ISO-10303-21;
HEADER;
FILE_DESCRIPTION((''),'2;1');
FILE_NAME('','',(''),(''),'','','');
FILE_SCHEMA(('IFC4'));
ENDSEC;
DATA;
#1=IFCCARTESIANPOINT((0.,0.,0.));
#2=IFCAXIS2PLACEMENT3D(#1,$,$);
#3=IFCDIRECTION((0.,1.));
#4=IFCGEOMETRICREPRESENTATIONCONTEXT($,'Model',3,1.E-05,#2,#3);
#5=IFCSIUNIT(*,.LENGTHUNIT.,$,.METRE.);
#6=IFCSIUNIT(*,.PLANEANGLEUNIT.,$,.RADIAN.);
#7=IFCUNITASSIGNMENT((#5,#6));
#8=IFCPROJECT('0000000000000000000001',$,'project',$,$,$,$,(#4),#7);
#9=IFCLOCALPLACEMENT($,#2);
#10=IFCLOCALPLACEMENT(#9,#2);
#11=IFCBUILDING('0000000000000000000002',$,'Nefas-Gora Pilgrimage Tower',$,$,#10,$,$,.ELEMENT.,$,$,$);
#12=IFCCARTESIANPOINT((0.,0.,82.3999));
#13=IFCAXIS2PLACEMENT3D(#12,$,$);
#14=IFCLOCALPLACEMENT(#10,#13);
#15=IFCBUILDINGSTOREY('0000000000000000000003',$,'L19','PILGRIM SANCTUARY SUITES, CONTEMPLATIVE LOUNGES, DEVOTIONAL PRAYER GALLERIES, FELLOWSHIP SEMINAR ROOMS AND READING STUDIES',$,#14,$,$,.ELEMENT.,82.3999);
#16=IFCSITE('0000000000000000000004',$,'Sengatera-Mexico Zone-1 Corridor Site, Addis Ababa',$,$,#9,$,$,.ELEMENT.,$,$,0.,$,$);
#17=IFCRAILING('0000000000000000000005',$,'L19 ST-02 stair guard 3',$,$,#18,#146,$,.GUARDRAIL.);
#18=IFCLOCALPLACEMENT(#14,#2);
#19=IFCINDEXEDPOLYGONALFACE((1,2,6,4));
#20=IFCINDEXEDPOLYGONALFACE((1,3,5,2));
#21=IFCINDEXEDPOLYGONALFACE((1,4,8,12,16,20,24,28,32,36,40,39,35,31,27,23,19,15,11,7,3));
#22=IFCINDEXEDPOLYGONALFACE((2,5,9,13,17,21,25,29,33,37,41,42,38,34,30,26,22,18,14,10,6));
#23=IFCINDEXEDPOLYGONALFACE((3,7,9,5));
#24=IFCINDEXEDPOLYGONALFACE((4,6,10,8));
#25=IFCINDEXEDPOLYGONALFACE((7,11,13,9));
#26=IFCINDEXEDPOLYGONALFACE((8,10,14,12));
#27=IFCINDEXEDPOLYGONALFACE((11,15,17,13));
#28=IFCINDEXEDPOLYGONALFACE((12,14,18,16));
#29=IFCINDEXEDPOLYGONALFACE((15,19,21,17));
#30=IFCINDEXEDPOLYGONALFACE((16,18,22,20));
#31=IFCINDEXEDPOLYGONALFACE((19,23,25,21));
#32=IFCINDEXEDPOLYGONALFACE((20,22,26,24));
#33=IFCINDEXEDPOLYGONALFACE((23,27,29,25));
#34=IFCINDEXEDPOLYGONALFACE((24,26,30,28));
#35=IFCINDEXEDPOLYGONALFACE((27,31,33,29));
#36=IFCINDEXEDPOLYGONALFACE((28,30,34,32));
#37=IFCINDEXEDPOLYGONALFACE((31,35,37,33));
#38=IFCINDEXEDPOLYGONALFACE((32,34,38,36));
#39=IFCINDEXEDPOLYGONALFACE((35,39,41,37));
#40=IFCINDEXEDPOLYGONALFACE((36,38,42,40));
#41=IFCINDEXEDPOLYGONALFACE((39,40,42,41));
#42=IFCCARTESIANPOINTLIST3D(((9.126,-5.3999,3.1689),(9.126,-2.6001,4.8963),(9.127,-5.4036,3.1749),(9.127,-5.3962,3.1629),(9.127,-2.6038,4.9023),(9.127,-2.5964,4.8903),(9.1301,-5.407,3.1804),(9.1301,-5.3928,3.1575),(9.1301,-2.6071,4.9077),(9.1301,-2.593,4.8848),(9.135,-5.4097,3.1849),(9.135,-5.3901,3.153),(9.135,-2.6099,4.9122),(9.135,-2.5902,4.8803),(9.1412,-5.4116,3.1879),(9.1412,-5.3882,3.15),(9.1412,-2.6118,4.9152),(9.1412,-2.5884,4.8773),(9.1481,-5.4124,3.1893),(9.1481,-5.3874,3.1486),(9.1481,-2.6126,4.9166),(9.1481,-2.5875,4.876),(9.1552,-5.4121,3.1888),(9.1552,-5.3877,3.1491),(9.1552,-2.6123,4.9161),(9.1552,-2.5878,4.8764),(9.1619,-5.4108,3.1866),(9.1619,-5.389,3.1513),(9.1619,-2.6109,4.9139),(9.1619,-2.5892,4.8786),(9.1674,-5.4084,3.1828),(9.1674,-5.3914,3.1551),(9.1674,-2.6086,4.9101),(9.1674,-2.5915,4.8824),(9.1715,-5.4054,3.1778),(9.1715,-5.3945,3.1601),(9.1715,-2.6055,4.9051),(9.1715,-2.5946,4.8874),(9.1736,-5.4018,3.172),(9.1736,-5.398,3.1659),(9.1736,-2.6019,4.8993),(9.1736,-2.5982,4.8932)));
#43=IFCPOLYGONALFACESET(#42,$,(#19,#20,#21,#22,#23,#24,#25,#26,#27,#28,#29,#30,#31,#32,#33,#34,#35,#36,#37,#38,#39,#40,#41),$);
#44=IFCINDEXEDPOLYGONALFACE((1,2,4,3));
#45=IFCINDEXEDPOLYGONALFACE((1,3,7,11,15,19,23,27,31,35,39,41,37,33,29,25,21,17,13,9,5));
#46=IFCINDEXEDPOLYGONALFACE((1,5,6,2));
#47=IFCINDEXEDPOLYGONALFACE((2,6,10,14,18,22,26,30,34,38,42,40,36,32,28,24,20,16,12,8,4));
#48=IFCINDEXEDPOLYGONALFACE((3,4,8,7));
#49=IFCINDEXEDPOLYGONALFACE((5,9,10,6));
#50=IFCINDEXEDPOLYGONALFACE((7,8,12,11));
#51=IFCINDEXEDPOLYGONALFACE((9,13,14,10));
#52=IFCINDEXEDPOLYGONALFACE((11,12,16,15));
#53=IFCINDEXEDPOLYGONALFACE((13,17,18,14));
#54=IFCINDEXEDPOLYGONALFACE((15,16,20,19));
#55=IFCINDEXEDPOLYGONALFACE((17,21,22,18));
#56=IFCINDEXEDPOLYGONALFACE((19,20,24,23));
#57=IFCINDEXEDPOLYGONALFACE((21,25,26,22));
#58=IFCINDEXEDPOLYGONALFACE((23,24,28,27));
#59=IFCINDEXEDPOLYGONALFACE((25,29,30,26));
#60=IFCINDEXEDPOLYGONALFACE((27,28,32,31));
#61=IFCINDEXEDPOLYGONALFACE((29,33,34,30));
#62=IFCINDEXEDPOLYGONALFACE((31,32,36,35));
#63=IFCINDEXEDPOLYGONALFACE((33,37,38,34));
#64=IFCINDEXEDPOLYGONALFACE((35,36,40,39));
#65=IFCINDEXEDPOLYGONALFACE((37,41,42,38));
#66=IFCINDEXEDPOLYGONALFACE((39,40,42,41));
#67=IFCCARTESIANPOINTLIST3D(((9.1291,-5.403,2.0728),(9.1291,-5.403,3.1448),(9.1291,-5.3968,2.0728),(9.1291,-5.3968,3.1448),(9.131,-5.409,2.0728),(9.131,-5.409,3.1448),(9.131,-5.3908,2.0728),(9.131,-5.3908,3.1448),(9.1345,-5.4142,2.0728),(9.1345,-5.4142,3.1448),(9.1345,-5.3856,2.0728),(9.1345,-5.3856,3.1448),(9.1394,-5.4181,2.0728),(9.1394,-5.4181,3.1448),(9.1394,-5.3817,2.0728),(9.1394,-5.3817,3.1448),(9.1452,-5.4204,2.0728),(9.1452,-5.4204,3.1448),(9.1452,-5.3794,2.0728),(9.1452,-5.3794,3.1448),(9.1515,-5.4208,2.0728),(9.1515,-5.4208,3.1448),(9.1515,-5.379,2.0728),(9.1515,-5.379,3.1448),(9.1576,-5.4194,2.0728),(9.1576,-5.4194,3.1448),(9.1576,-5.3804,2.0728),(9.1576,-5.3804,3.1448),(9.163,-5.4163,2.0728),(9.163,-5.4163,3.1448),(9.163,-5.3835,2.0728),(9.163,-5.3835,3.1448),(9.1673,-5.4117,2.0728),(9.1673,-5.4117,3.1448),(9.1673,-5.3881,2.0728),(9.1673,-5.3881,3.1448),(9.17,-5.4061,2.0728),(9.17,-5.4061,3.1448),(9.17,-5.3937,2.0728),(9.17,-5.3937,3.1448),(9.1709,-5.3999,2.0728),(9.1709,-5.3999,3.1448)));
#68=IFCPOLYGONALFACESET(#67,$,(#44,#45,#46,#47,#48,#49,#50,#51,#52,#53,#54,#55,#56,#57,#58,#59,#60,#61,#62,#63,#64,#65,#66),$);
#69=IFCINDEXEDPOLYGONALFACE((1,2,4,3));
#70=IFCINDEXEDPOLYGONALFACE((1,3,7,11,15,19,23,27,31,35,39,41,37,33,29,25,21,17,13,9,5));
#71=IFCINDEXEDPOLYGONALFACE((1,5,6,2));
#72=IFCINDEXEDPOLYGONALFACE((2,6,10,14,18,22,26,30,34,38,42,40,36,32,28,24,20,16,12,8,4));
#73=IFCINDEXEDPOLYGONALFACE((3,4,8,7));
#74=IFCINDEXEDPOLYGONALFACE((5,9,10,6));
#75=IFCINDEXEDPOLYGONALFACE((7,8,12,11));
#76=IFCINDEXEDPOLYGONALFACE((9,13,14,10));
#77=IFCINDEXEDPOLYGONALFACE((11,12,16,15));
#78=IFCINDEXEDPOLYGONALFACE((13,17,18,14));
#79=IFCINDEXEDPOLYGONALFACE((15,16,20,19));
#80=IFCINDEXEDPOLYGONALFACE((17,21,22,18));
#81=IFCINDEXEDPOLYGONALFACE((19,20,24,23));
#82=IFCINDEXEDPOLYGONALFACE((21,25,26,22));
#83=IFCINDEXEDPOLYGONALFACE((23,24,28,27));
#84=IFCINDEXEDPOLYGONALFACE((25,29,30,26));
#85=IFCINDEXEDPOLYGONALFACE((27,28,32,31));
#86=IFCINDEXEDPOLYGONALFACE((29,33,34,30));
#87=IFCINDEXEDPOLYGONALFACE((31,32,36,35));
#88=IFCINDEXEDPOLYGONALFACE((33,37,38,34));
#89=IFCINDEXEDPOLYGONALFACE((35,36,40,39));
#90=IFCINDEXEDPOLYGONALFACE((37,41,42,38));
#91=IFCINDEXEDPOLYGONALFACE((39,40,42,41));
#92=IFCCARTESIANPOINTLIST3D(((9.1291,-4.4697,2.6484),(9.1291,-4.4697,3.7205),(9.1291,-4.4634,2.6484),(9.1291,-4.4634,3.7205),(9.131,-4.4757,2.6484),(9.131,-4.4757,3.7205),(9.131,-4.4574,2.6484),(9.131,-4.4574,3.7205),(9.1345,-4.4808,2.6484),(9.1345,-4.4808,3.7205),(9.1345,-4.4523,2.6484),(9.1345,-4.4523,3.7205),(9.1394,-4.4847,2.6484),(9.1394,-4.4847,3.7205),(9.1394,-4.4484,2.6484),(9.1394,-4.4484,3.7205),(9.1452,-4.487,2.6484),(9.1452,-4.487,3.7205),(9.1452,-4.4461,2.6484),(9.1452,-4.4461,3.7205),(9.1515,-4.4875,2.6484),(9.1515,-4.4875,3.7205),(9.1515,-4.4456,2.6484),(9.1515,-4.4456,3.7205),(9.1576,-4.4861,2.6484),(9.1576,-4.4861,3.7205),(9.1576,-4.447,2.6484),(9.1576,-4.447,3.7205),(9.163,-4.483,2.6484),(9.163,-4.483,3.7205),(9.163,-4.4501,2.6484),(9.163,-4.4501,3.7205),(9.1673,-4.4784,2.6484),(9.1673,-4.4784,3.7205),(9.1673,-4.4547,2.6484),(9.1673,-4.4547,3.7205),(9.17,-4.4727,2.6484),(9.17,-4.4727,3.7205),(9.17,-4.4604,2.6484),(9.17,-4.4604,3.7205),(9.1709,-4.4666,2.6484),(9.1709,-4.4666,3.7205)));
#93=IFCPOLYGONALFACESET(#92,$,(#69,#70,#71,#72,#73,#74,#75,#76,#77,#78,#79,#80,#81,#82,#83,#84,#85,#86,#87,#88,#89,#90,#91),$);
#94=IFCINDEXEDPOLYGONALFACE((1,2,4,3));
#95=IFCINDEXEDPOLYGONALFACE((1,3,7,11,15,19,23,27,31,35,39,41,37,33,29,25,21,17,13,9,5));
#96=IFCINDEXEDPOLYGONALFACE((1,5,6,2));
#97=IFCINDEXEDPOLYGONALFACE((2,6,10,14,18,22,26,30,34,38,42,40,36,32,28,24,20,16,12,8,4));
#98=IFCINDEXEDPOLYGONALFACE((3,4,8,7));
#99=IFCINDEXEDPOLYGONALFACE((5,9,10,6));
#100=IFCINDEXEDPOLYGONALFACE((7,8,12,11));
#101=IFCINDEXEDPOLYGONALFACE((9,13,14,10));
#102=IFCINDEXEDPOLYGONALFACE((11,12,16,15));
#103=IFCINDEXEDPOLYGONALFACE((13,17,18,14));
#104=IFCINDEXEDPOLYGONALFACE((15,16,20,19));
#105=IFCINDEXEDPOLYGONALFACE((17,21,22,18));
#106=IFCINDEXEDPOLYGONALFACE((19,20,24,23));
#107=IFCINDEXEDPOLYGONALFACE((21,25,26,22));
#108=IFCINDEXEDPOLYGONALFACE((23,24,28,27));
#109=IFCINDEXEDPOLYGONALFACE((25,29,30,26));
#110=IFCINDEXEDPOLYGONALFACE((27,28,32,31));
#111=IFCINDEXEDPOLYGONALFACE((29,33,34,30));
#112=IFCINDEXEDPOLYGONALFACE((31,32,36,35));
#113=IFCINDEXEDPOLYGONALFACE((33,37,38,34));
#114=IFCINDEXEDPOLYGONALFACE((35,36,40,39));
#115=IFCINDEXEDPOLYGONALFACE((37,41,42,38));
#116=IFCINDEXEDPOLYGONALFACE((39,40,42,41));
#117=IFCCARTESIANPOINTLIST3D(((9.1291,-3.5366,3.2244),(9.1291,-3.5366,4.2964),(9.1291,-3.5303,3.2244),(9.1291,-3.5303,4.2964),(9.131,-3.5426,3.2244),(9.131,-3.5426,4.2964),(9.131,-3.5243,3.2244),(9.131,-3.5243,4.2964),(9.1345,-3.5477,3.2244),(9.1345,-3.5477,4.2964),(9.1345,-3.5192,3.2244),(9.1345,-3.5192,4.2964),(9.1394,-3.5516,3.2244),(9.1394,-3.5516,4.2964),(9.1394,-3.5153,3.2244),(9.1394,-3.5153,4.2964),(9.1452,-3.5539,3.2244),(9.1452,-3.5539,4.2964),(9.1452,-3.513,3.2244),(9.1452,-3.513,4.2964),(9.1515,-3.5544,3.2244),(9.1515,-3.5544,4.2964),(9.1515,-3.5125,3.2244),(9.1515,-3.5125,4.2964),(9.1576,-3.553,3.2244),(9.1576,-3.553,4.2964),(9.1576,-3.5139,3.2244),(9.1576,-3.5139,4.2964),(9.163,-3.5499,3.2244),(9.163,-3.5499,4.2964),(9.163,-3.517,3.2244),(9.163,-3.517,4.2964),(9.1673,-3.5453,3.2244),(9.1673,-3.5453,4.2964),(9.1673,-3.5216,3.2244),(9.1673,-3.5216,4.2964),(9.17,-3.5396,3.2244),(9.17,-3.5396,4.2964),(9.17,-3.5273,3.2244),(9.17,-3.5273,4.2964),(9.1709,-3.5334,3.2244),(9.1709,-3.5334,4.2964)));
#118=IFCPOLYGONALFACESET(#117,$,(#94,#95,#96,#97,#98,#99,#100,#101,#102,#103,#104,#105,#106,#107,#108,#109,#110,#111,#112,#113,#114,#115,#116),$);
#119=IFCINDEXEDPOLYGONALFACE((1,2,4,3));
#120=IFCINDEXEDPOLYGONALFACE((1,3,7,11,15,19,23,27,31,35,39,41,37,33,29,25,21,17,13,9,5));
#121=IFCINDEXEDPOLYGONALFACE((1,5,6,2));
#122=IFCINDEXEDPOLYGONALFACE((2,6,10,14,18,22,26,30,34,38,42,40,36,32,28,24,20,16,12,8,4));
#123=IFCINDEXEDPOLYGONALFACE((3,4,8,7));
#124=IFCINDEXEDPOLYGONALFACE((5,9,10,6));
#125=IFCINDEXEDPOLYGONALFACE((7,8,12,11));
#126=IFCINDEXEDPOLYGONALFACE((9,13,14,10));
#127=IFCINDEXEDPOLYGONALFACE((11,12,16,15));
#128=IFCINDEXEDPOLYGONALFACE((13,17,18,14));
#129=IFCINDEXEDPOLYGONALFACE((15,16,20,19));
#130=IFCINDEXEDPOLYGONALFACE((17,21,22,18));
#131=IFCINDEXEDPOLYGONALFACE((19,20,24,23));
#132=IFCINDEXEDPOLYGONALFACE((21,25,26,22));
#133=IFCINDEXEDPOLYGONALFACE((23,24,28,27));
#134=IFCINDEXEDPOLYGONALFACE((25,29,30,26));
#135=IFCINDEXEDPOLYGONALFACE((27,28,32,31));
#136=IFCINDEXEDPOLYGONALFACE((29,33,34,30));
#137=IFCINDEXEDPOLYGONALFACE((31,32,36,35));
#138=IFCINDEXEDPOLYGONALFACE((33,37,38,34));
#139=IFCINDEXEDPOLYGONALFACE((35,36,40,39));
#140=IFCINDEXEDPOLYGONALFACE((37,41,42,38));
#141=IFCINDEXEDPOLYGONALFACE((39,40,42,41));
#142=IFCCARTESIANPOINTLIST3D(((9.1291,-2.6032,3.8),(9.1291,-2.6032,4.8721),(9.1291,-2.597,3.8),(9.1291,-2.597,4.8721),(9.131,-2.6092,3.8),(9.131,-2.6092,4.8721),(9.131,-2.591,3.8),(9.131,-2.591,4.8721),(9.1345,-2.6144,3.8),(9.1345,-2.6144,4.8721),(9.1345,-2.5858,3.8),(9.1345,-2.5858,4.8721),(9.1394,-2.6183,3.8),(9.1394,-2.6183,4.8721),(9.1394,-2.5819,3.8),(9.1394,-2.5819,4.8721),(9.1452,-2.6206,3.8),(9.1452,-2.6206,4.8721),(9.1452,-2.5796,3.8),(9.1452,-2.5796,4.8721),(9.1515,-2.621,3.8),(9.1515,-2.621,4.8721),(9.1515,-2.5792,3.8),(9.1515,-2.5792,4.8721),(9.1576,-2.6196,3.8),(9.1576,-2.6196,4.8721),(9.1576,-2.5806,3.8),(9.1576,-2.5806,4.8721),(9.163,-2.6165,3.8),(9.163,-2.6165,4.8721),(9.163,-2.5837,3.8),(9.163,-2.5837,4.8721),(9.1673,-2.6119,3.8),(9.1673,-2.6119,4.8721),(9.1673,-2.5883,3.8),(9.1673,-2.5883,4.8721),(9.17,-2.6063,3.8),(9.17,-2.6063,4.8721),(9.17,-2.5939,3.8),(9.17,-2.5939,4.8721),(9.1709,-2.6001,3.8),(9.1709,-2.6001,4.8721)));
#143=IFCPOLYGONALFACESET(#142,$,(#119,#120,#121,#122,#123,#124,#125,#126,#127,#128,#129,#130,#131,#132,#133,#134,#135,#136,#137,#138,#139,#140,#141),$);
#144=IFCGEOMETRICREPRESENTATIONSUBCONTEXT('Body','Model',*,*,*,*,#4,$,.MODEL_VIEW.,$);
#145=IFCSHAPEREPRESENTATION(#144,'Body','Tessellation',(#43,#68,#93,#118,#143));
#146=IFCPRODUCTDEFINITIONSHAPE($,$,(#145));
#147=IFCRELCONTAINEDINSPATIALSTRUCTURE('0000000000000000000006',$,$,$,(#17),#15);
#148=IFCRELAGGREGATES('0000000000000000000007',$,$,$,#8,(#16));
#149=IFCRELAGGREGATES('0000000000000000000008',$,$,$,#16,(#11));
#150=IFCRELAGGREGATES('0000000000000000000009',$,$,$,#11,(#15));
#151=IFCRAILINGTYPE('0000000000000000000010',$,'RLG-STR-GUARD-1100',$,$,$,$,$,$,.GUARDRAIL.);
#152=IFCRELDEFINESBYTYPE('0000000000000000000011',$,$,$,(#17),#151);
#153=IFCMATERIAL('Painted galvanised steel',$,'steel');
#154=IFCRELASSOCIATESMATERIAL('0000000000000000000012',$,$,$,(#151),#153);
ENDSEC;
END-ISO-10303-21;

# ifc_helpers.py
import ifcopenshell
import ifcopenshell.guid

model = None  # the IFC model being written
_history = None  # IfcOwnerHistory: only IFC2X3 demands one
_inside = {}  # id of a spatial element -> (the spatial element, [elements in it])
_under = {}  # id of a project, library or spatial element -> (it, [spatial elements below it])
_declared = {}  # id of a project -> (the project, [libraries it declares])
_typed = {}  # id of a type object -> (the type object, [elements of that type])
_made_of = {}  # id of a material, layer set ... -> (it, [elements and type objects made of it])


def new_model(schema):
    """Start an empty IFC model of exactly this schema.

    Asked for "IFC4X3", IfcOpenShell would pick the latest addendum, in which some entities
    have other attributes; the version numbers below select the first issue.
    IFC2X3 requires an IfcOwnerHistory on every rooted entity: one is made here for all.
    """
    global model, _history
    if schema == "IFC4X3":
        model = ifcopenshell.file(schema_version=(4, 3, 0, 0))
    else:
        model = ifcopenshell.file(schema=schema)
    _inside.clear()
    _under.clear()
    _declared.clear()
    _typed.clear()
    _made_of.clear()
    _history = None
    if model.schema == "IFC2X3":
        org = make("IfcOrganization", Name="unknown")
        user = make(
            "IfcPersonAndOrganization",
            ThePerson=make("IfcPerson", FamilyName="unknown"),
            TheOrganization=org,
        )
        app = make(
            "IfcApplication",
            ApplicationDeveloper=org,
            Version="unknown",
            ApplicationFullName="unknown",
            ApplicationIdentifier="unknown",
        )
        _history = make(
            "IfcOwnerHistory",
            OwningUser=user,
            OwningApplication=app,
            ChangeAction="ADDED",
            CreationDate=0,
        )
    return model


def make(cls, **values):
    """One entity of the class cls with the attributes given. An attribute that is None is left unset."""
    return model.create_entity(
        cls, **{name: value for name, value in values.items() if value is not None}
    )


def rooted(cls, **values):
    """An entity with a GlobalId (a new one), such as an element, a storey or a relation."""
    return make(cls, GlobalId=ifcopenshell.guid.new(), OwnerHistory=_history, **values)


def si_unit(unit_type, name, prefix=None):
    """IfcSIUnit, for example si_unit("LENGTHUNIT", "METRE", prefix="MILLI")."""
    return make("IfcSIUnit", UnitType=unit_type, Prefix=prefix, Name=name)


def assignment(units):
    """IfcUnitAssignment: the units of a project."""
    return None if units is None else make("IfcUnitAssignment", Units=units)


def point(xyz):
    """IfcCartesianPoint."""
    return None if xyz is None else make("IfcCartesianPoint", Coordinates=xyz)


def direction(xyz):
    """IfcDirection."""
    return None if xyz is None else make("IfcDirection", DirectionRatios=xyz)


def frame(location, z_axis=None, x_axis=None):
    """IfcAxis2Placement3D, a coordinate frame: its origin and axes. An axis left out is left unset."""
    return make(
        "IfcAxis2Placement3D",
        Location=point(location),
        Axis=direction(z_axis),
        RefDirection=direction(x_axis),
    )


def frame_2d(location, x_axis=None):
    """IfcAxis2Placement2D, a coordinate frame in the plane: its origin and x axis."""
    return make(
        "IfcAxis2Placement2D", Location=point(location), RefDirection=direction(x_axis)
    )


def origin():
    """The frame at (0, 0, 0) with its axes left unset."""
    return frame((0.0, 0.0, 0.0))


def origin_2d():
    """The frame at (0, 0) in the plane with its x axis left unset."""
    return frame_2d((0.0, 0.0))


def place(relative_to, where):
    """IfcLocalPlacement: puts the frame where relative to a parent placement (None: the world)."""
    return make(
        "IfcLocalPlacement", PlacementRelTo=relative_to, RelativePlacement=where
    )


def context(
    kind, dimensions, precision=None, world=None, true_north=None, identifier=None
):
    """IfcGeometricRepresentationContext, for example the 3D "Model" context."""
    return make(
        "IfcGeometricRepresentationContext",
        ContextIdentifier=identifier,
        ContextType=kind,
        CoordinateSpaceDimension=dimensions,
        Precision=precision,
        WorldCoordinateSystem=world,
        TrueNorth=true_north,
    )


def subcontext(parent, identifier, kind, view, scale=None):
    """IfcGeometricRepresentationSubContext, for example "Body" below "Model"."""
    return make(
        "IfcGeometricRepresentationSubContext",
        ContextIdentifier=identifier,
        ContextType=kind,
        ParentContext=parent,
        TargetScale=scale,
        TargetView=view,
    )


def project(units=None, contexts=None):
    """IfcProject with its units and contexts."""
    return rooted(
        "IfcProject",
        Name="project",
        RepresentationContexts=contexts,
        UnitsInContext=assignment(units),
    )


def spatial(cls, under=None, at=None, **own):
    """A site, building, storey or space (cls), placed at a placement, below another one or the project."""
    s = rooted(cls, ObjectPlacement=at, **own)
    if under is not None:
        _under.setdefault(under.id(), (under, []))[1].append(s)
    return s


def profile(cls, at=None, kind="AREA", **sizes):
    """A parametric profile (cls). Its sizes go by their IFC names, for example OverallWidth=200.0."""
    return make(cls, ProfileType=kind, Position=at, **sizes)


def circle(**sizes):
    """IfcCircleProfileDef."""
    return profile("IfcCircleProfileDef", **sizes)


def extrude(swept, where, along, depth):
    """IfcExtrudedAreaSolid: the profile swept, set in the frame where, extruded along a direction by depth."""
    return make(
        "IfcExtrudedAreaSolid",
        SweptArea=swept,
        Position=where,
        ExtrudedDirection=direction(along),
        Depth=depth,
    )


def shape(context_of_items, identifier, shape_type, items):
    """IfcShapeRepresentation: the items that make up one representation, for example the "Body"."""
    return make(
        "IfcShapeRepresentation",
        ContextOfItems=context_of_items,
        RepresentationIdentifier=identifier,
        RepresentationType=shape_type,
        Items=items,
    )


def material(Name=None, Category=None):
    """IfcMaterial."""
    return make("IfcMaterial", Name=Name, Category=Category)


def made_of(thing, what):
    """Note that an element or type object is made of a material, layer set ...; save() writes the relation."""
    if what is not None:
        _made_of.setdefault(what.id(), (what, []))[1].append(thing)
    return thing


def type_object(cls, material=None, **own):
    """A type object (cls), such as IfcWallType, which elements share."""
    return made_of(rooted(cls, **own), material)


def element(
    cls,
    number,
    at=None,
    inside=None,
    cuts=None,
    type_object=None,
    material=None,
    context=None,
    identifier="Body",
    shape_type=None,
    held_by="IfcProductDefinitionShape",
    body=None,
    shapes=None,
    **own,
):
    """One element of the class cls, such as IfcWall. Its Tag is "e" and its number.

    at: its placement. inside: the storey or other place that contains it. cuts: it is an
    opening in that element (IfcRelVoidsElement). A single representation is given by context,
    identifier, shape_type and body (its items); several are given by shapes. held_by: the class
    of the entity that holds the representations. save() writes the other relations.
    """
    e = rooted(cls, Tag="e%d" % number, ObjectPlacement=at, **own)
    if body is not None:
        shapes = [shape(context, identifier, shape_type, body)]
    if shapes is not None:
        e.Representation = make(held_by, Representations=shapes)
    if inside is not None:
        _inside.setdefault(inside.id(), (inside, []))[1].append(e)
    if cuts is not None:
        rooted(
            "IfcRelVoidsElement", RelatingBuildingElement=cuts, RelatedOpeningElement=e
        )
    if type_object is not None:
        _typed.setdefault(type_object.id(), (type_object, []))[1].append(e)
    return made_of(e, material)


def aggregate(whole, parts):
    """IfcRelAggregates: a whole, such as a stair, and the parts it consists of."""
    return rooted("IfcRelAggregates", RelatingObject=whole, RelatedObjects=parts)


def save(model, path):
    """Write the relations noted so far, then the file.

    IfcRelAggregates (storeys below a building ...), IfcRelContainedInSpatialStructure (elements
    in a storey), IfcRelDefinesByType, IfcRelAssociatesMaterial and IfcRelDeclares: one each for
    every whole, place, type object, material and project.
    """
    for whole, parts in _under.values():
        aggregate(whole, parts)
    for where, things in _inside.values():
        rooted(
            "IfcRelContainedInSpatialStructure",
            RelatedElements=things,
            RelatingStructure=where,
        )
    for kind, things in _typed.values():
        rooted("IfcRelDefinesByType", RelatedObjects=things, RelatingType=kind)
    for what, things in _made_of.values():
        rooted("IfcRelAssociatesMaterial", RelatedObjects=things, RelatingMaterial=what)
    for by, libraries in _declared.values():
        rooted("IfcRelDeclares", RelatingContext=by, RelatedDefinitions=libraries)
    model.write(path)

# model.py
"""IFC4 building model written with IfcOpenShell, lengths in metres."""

from ifc_helpers import new_model, si_unit, direction, frame, origin, origin_2d, place, context, subcontext, project, spatial, circle, extrude, material, type_object, element, save


model = new_model("IFC4")

# Units and contexts
model_context = context("Model", 3, precision=1e-05, world=origin(), true_north=direction((0.0, 1.0)))
body_context = subcontext(model_context, "Body", "Model", "MODEL_VIEW")
ifc_project = project(units=[si_unit("LENGTHUNIT", "METRE"), si_unit("PLANEANGLEUNIT", "RADIAN")], contexts=[model_context])

# Site, building, storey
site_placement = place(None, origin())
site = spatial("IfcSite", under=ifc_project, at=site_placement, Name="Sengatera-Mexico Zone-1 Corridor Site, Addis Ababa", CompositionType="ELEMENT", RefElevation=0.0)
building_placement = place(site_placement, origin())
building = spatial("IfcBuilding", under=site, at=building_placement, Name="Nefas-Gora Pilgrimage Tower", CompositionType="ELEMENT")
storey_placement = place(building_placement, frame((0.0, 0.0, 82.3999)))
storey = spatial("IfcBuildingStorey", under=building, at=storey_placement, Name="L19", Description="PILGRIM SANCTUARY SUITES, CONTEMPLATIVE LOUNGES, DEVOTIONAL PRAYER GALLERIES, FELLOWSHIP SEMINAR ROOMS AND READING STUDIES", CompositionType="ELEMENT", Elevation=82.3999)

# Railing
ifc_material_1 = material(Name="Painted galvanised steel", Category="steel")
railing_type_1 = type_object("IfcRailingType", Name="RLG-STR-GUARD-1100", PredefinedType="GUARDRAIL", material=ifc_material_1)
railing_1_placement = place(storey_placement, frame((9.1499, -5.3999, 2.0728)))
element("IfcRailing", 1, at=railing_1_placement, inside=storey, type_object=railing_type_1, Name="L19 ST-02 stair guard 3", PredefinedType="GUARDRAIL", context=body_context, shape_type="SweptSolid", body=[
    extrude(circle(Radius=0.0239, at=origin_2d()), frame((0.0, 0.0, 1.0962), z_axis=(0.0, 0.851069, 0.525054), x_axis=(-1.0, 0.0, 0.0)), (0.0, 0.0, 1.0), 3.2898),
    extrude(circle(Radius=0.021, at=origin_2d()), origin(), (0.0, 0.0, 1.0), 1.072),
    extrude(circle(Radius=0.021, at=origin_2d()), frame((0.0, 0.9333, 0.5757)), (0.0, 0.0, 1.0), 1.072),
    extrude(circle(Radius=0.021, at=origin_2d()), frame((0.0, 1.8665, 1.1516)), (0.0, 0.0, 1.0), 1.072),
    extrude(circle(Radius=0.021, at=origin_2d()), frame((0.0, 2.7998, 1.7273)), (0.0, 0.0, 1.0), 1.072),
])

save(model, "model.ifc")
